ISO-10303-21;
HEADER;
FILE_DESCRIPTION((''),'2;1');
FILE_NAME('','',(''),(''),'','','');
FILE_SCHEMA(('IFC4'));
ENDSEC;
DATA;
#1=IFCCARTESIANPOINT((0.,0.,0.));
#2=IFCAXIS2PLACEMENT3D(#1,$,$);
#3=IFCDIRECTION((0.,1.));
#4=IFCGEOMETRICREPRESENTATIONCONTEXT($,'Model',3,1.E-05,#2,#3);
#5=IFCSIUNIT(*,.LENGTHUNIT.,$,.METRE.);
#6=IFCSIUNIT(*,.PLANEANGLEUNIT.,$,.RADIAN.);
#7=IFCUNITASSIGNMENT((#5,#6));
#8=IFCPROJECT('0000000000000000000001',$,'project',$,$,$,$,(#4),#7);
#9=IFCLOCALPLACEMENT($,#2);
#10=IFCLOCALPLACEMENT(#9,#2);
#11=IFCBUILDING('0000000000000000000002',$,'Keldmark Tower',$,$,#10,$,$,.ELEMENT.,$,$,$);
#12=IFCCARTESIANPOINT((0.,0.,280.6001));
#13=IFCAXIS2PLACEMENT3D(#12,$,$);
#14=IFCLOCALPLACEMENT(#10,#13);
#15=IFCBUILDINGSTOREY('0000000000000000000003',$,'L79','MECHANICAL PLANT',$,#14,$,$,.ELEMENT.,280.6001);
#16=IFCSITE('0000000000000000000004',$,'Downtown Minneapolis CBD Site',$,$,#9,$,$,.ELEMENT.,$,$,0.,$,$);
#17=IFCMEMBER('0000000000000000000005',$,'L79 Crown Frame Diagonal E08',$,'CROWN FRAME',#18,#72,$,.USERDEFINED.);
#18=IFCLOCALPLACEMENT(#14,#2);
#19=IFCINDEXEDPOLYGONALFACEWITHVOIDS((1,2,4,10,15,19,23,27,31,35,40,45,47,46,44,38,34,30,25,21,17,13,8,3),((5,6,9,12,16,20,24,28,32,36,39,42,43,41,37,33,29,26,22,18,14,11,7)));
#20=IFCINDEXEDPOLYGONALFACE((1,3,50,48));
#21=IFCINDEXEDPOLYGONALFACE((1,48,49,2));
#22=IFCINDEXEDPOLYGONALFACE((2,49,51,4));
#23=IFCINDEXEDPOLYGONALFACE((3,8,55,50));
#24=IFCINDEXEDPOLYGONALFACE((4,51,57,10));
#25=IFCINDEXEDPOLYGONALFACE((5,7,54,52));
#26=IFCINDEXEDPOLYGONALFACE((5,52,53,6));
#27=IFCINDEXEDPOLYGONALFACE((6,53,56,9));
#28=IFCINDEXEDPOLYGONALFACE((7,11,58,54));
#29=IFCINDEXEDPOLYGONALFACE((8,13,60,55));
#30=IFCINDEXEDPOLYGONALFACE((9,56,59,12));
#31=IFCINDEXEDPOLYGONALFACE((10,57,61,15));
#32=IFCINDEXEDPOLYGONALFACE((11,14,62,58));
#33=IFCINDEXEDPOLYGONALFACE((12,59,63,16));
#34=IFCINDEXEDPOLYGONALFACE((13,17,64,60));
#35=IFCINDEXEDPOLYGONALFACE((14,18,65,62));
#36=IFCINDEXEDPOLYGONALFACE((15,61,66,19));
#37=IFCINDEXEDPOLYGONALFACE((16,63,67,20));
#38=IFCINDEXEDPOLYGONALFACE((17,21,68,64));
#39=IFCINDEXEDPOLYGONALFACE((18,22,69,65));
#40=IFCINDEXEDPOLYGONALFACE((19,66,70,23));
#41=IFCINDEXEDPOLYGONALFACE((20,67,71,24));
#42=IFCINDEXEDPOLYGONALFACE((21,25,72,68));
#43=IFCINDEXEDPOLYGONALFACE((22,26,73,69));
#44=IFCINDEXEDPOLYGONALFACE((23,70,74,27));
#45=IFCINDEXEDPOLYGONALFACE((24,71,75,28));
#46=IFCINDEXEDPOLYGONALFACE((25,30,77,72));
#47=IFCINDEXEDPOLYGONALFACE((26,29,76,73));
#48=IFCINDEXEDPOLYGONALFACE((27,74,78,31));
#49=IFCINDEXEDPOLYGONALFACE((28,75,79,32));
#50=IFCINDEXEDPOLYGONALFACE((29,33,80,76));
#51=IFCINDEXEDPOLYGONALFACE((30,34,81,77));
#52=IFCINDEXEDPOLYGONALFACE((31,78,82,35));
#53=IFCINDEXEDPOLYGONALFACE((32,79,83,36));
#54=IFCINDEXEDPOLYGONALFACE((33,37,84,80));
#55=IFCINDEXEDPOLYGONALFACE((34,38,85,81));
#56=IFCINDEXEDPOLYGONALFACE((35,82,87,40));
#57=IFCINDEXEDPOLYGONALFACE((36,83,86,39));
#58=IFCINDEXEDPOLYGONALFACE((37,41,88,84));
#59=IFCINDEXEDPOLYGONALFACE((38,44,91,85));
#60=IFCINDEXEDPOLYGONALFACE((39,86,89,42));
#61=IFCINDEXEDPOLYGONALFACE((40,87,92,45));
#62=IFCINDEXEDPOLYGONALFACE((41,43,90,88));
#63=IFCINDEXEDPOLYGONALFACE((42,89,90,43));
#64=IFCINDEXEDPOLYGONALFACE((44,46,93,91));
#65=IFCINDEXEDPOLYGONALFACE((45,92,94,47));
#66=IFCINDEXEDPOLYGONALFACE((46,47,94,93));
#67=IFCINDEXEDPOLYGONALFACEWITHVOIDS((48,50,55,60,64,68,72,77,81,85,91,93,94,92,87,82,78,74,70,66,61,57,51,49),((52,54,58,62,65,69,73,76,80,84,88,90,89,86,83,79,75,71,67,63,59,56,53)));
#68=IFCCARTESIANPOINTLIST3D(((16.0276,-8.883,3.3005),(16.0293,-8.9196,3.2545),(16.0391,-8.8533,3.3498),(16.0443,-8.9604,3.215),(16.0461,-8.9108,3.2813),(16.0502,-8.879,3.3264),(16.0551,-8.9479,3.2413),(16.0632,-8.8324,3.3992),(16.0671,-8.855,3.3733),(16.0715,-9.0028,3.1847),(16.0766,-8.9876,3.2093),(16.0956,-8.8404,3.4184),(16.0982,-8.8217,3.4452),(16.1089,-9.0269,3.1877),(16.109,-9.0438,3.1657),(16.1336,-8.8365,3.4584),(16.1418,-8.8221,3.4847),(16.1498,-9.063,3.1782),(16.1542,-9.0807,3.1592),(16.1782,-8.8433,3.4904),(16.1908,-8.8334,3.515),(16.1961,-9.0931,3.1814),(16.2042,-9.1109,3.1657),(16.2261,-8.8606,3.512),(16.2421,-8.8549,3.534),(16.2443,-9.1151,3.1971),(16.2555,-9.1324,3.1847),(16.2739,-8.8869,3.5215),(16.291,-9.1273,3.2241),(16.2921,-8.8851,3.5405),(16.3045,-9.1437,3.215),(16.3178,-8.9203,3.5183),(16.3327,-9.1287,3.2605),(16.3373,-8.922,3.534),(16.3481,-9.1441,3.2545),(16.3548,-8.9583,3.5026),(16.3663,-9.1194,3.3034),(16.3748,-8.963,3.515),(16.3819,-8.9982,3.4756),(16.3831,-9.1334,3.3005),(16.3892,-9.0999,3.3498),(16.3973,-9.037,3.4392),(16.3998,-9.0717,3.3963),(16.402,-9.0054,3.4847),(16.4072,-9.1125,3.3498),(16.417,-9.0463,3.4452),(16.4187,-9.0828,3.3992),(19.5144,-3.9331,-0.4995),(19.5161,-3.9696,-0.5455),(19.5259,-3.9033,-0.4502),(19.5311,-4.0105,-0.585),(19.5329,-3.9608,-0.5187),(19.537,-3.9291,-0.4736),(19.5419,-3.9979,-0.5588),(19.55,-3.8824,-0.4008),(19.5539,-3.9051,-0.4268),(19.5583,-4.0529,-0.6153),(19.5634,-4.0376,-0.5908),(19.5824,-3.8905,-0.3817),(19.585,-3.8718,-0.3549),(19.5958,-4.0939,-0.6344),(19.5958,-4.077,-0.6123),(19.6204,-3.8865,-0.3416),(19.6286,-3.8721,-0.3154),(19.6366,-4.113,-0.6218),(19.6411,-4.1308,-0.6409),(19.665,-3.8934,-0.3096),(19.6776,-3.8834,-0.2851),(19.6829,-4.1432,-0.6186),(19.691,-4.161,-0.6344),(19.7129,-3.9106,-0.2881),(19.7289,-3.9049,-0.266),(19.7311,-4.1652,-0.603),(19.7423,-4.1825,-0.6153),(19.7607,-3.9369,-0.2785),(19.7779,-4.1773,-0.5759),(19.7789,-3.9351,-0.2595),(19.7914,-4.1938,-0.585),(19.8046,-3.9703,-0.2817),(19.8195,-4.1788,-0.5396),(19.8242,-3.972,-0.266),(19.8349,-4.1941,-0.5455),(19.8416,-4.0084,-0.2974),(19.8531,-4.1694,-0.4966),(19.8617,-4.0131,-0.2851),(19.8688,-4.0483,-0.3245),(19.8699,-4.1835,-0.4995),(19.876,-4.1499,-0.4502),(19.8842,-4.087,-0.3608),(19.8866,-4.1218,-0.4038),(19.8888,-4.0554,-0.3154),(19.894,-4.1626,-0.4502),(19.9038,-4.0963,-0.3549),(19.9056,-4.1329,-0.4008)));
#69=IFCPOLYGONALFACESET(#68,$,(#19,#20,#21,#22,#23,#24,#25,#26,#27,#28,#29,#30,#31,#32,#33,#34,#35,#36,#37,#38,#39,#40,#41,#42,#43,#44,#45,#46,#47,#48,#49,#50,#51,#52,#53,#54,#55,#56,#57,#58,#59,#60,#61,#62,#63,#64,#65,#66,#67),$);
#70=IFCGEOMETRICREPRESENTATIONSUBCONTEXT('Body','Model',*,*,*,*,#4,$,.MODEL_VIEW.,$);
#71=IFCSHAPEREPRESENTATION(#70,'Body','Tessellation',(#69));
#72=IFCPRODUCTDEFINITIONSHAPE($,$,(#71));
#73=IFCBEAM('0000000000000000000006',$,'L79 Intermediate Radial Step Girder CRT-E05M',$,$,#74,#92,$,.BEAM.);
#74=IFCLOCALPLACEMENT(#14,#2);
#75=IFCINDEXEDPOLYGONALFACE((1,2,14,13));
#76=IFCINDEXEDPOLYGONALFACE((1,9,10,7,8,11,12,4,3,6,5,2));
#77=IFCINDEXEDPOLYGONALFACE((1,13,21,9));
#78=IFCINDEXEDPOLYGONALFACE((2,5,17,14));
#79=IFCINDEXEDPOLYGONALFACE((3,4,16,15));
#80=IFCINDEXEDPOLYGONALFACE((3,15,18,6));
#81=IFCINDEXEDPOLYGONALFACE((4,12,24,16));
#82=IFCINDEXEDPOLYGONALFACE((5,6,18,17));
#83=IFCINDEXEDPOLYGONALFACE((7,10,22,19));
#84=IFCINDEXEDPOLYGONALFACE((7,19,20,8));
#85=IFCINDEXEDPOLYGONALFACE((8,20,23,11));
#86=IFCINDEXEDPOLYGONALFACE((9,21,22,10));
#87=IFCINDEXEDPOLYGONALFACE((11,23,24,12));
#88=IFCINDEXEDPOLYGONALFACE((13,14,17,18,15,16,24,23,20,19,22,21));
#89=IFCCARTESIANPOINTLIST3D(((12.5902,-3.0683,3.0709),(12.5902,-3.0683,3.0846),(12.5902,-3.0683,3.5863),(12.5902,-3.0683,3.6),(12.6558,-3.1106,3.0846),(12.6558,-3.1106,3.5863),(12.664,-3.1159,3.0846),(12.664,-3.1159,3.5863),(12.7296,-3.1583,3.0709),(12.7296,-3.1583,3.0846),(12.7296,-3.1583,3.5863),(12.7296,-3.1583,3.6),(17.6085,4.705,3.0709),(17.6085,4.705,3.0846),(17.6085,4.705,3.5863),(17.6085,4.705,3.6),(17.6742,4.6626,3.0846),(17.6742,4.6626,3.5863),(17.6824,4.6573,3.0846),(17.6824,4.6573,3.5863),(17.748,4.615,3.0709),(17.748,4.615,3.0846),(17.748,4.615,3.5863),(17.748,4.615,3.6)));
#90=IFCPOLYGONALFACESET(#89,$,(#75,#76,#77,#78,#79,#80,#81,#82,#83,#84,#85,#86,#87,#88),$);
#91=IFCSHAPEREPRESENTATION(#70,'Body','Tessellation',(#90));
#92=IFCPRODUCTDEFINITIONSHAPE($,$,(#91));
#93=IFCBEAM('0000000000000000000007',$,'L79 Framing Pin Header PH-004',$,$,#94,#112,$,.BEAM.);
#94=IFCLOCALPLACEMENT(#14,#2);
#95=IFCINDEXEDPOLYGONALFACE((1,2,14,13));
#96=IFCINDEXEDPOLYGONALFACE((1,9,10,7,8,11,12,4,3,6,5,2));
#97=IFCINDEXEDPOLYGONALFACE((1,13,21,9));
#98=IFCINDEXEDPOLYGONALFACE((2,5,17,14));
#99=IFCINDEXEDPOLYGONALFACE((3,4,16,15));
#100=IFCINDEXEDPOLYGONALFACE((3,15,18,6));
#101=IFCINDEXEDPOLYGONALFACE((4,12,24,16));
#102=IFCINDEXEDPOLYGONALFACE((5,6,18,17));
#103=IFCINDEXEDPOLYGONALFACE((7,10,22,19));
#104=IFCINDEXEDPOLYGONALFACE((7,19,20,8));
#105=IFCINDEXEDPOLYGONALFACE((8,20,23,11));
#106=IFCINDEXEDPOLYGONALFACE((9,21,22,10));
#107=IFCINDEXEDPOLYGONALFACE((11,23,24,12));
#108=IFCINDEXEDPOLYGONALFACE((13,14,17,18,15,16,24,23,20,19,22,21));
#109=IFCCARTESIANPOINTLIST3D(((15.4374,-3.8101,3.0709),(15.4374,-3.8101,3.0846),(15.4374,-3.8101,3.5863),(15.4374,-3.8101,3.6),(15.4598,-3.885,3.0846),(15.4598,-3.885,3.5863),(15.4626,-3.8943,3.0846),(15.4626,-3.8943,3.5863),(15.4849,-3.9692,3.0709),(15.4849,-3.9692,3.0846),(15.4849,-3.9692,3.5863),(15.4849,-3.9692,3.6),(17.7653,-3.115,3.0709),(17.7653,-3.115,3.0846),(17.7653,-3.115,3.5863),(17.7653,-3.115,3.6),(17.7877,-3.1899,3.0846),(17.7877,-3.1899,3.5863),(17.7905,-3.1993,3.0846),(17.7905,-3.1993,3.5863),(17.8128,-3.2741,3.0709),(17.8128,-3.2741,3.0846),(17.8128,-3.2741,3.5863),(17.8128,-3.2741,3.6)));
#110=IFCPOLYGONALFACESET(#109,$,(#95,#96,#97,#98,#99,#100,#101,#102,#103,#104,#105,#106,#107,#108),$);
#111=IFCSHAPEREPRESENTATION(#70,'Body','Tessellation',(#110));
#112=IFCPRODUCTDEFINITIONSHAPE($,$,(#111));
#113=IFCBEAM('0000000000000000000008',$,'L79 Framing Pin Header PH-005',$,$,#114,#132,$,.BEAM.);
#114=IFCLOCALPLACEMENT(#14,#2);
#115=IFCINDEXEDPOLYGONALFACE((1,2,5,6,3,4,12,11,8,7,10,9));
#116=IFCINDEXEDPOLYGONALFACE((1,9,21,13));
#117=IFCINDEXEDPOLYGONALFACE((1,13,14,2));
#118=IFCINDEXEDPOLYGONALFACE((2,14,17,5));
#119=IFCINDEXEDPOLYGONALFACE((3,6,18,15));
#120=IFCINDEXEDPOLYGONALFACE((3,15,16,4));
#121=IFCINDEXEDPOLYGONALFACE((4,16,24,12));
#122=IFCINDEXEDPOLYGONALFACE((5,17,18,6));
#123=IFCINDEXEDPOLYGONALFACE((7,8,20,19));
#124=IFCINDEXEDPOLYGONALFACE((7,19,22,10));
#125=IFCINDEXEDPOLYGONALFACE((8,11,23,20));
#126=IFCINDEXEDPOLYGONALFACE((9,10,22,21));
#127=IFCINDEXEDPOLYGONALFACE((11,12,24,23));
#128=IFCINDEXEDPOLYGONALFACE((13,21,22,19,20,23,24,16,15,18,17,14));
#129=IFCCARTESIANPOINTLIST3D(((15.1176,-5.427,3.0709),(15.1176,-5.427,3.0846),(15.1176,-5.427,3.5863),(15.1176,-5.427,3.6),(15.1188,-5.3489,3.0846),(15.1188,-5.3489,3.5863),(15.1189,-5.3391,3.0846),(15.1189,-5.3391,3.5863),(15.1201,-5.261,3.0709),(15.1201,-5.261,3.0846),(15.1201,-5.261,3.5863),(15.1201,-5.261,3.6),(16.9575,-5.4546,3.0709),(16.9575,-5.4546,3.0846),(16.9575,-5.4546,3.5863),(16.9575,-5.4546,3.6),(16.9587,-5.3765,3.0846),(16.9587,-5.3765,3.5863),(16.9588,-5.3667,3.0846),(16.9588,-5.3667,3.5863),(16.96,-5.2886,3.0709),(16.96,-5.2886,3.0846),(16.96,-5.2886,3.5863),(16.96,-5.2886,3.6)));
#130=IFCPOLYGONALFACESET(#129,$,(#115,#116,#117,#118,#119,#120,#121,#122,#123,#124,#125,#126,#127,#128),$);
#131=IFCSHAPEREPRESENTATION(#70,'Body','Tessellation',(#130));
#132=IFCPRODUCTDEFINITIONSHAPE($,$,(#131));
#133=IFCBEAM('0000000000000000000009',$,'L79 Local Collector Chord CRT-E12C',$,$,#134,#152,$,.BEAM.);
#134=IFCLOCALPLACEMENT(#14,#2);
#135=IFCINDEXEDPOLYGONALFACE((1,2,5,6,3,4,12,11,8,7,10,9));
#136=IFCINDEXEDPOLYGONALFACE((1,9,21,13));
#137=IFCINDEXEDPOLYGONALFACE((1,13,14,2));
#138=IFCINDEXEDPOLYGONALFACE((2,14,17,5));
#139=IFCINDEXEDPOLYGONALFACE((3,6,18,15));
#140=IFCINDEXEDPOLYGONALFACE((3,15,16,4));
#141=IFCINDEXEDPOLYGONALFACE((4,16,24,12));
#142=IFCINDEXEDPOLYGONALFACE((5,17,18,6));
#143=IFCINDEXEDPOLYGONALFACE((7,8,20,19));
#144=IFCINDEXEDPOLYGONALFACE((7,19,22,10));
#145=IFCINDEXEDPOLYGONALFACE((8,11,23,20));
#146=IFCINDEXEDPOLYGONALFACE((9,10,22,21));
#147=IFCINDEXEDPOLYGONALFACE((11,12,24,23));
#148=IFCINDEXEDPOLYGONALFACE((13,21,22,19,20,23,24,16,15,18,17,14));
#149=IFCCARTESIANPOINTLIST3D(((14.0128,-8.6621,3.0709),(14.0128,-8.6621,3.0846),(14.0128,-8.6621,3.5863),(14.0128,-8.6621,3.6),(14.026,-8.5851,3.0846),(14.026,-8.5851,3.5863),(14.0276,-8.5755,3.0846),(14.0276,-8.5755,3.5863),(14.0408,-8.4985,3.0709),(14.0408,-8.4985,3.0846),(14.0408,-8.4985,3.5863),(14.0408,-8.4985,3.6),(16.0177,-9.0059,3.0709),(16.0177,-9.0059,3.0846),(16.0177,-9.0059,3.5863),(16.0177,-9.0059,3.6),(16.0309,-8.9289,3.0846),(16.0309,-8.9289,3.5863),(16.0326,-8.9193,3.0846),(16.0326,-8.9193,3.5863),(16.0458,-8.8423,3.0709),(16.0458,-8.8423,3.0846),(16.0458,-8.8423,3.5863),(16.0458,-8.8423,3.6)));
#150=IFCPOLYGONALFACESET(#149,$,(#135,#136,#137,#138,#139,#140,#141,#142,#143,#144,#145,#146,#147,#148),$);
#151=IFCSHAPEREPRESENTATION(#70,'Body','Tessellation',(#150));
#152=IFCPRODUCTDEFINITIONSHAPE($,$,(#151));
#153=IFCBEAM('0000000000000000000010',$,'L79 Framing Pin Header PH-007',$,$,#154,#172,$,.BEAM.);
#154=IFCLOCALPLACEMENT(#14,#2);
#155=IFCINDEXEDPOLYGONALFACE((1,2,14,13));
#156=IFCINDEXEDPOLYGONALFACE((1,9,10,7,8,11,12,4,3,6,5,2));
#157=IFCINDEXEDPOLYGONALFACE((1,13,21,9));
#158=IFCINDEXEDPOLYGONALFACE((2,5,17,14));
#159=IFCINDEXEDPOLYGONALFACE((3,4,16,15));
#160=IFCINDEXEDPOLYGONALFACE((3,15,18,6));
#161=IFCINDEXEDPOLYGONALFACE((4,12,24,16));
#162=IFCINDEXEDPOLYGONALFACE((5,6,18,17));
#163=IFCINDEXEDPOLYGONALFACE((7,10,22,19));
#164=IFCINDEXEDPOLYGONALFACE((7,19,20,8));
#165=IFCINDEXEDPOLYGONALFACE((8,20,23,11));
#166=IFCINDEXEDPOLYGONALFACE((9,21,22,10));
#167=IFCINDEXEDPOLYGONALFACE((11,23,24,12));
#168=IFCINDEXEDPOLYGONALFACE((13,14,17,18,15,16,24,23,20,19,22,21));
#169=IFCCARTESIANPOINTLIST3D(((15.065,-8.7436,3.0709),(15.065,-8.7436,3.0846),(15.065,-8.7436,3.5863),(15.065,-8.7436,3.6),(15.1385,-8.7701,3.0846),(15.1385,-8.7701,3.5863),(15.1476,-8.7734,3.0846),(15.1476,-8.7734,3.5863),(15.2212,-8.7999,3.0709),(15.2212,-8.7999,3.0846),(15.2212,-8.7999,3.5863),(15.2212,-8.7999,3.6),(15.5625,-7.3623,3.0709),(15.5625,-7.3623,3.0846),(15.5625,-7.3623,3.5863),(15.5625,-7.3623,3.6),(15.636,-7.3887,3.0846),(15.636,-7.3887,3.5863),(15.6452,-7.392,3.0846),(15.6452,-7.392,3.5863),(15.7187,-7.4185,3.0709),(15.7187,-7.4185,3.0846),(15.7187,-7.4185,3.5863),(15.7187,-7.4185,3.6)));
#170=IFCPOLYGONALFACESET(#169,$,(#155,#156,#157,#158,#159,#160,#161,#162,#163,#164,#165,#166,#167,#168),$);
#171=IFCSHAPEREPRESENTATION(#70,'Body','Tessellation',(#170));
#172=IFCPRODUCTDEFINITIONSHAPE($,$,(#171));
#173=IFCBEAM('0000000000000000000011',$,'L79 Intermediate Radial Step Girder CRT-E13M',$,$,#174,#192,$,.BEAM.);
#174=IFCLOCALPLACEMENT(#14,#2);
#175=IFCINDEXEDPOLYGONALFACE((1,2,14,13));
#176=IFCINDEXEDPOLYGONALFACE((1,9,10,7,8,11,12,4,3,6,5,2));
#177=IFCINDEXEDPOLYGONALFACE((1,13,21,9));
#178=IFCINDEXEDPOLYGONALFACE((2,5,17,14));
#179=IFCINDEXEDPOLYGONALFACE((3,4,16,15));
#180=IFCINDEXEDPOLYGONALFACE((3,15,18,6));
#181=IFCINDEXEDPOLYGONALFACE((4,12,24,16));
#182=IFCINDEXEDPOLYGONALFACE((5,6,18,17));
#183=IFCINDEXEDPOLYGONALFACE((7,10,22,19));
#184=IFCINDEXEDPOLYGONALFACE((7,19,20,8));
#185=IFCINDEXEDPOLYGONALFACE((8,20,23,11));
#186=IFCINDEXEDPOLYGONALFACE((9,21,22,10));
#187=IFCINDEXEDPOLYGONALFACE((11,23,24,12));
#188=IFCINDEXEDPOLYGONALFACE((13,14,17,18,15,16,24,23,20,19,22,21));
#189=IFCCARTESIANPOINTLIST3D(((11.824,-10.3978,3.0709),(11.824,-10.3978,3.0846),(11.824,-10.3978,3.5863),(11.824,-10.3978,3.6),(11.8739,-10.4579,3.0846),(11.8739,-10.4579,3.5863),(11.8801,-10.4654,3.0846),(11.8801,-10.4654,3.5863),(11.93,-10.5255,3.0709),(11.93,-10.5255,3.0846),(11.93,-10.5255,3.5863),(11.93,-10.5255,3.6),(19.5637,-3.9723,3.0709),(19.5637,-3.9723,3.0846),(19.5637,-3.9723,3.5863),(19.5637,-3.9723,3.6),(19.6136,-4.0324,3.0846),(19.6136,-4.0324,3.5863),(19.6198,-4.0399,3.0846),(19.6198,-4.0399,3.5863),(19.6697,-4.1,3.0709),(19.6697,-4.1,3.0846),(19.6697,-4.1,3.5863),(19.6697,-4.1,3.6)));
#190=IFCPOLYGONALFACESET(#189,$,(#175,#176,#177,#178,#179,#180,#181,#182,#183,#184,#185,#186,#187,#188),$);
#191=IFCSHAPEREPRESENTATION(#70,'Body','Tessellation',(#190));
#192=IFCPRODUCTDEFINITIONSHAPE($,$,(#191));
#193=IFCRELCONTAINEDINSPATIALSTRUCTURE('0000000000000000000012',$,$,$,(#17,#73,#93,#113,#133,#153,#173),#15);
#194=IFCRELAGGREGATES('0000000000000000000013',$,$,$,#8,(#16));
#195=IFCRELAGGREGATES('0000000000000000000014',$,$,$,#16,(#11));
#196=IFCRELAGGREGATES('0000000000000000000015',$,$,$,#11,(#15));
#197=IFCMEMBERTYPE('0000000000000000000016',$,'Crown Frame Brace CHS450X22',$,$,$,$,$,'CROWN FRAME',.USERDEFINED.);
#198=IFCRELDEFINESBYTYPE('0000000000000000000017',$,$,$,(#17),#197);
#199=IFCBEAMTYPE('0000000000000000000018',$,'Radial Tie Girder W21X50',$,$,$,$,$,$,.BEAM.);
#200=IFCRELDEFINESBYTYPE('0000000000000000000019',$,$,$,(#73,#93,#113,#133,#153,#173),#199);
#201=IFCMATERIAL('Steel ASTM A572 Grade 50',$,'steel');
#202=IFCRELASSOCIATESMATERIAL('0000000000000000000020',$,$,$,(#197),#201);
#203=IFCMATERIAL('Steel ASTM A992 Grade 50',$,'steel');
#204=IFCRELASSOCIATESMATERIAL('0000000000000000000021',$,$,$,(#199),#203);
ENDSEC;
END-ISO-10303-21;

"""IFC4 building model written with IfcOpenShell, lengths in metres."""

from ifc_helpers import new_model, si_unit, direction, frame, origin, origin_2d, place, context, subcontext, project, spatial, hollow_circle, i_section, extrude, material, material_profile, profile_set, type_object, element, save


model = new_model("IFC4")

# Units and contexts
model_context = context("Model", 3, precision=1e-05, world=origin(), true_north=direction((0.0, 1.0)))
body_context = subcontext(model_context, "Body", "Model", "MODEL_VIEW")
ifc_project = project(units=[si_unit("LENGTHUNIT", "METRE"), si_unit("PLANEANGLEUNIT", "RADIAN")], contexts=[model_context])

# Site, building, storey
site_placement = place(None, origin())
site = spatial("IfcSite", under=ifc_project, at=site_placement, Name="Downtown Minneapolis CBD Site", CompositionType="ELEMENT", RefElevation=0.0)
building_placement = place(site_placement, origin())
building = spatial("IfcBuilding", under=site, at=building_placement, Name="Keldmark Tower", CompositionType="ELEMENT")
storey_placement = place(building_placement, frame((0.0, 0.0, 280.6001)))
storey = spatial("IfcBuildingStorey", under=building, at=storey_placement, Name="L79", Description="MECHANICAL PLANT", CompositionType="ELEMENT", Elevation=280.6001)

# Member
ifc_material_1 = material(Name="Steel ASTM A572 Grade 50", Category="steel")
ifc_material_profile_1 = material_profile(ifc_material_1, hollow_circle(Radius=0.2251, WallThickness=0.022, at=origin_2d()), Name="CHS450X22")
ifc_profile_set_1 = profile_set([ifc_material_profile_1], Name="Steel ASTM A572 Grade 50")
member_type = type_object("IfcMemberType", Name="Crown Frame Brace CHS450X22", ElementType="CROWN FRAME", PredefinedType="USERDEFINED", material=ifc_profile_set_1)
member_placement = place(storey_placement, frame((19.71, -4.033, -0.4502), z_axis=(-0.487773, -0.692451, 0.531591), x_axis=(0.817533, -0.575882, 0.0)))
element("IfcMember", 1, at=member_placement, inside=storey, type_object=member_type, Name="L79 Crown Frame Diagonal E08", ObjectType="CROWN FRAME", PredefinedType="USERDEFINED", context=body_context, shape_type="SweptSolid", body=[
    extrude(hollow_circle(Radius=0.2251, WallThickness=0.022, at=origin_2d()), origin(), (0.0, 0.0, 1.0), 7.1484),
])

# Beams
ifc_material_2 = material(Name="Steel ASTM A992 Grade 50", Category="steel")
ifc_material_profile_2 = material_profile(ifc_material_2, i_section(OverallWidth=0.166, OverallDepth=0.5291, WebThickness=0.0098, FlangeThickness=0.0137, at=origin_2d()), Name="W21X50")
ifc_profile_set_2 = profile_set([ifc_material_profile_2], Name="Steel ASTM A992 Grade 50")
beam_type_1 = type_object("IfcBeamType", Name="Radial Tie Girder W21X50", PredefinedType="BEAM", material=ifc_profile_set_2)
beam_1_placement = place(storey_placement, frame((12.6599, -3.1133, 3.3354), z_axis=(0.542382, 0.840132, 0.0), x_axis=(-0.840132, 0.542382, 0.0)))
element("IfcBeam", 2, at=beam_1_placement, inside=storey, type_object=beam_type_1, Name="L79 Intermediate Radial Step Girder CRT-E05M", PredefinedType="BEAM", context=body_context, shape_type="SweptSolid", body=[
    extrude(i_section(OverallWidth=0.166, OverallDepth=0.5291, WebThickness=0.0098, FlangeThickness=0.0137, at=origin_2d()), origin(), (0.0, 0.0, 1.0), 9.2524),
])
beam_2_placement = place(storey_placement, frame((17.7891, -3.1946, 3.3354), z_axis=(-0.958199, -0.286103, 0.0), x_axis=(0.286103, -0.958199, 0.0)))
element("IfcBeam", 3, at=beam_2_placement, inside=storey, type_object=beam_type_1, Name="L79 Framing Pin Header PH-004", PredefinedType="BEAM", context=body_context, shape_type="SweptSolid", body=[
    extrude(i_section(OverallWidth=0.166, OverallDepth=0.5291, WebThickness=0.0098, FlangeThickness=0.0137, at=origin_2d()), origin(), (0.0, 0.0, 1.0), 2.4294),
])
beam_3_placement = place(storey_placement, frame((16.9587, -5.3716, 3.3354), z_axis=(-0.999888, 0.014993, 0.0), x_axis=(-0.014993, -0.999888, 0.0)))
element("IfcBeam", 4, at=beam_3_placement, inside=storey, type_object=beam_type_1, Name="L79 Framing Pin Header PH-005", PredefinedType="BEAM", context=body_context, shape_type="SweptSolid", body=[
    extrude(i_section(OverallWidth=0.166, OverallDepth=0.5291, WebThickness=0.0098, FlangeThickness=0.0137, at=origin_2d()), origin(), (0.0, 0.0, 1.0), 1.8401),
])
beam_4_placement = place(storey_placement, frame((16.0317, -8.9241, 3.3354), z_axis=(-0.985618, 0.16899, 0.0), x_axis=(-0.16899, -0.985618, 0.0)))
element("IfcBeam", 5, at=beam_4_placement, inside=storey, type_object=beam_type_1, Name="L79 Local Collector Chord CRT-E12C", PredefinedType="BEAM", context=body_context, shape_type="SweptSolid", body=[
    extrude(i_section(OverallWidth=0.166, OverallDepth=0.5291, WebThickness=0.0098, FlangeThickness=0.0137, at=origin_2d()), origin(), (0.0, 0.0, 1.0), 2.0342),
])
beam_5_placement = place(storey_placement, frame((15.6406, -7.3904, 3.3354), z_axis=(-0.338884, -0.940828, 0.0), x_axis=(0.940828, -0.338884, 0.0)))
element("IfcBeam", 6, at=beam_5_placement, inside=storey, type_object=beam_type_1, Name="L79 Framing Pin Header PH-007", PredefinedType="BEAM", context=body_context, shape_type="SweptSolid", body=[
    extrude(i_section(OverallWidth=0.166, OverallDepth=0.5291, WebThickness=0.0098, FlangeThickness=0.0137, at=origin_2d()), origin(), (0.0, 0.0, 1.0), 1.4683),
])
beam_6_placement = place(storey_placement, frame((19.6167, -4.0361, 3.3354), z_axis=(-0.769406, -0.638761, 0.0), x_axis=(0.638761, -0.769406, 0.0)))
element("IfcBeam", 7, at=beam_6_placement, inside=storey, type_object=beam_type_1, Name="L79 Intermediate Radial Step Girder CRT-E13M", PredefinedType="BEAM", context=body_context, shape_type="SweptSolid", body=[
    extrude(i_section(OverallWidth=0.166, OverallDepth=0.5291, WebThickness=0.0098, FlangeThickness=0.0137, at=origin_2d()), origin(), (0.0, 0.0, 1.0), 10.0593),
])

save(model, "model.ifc")
